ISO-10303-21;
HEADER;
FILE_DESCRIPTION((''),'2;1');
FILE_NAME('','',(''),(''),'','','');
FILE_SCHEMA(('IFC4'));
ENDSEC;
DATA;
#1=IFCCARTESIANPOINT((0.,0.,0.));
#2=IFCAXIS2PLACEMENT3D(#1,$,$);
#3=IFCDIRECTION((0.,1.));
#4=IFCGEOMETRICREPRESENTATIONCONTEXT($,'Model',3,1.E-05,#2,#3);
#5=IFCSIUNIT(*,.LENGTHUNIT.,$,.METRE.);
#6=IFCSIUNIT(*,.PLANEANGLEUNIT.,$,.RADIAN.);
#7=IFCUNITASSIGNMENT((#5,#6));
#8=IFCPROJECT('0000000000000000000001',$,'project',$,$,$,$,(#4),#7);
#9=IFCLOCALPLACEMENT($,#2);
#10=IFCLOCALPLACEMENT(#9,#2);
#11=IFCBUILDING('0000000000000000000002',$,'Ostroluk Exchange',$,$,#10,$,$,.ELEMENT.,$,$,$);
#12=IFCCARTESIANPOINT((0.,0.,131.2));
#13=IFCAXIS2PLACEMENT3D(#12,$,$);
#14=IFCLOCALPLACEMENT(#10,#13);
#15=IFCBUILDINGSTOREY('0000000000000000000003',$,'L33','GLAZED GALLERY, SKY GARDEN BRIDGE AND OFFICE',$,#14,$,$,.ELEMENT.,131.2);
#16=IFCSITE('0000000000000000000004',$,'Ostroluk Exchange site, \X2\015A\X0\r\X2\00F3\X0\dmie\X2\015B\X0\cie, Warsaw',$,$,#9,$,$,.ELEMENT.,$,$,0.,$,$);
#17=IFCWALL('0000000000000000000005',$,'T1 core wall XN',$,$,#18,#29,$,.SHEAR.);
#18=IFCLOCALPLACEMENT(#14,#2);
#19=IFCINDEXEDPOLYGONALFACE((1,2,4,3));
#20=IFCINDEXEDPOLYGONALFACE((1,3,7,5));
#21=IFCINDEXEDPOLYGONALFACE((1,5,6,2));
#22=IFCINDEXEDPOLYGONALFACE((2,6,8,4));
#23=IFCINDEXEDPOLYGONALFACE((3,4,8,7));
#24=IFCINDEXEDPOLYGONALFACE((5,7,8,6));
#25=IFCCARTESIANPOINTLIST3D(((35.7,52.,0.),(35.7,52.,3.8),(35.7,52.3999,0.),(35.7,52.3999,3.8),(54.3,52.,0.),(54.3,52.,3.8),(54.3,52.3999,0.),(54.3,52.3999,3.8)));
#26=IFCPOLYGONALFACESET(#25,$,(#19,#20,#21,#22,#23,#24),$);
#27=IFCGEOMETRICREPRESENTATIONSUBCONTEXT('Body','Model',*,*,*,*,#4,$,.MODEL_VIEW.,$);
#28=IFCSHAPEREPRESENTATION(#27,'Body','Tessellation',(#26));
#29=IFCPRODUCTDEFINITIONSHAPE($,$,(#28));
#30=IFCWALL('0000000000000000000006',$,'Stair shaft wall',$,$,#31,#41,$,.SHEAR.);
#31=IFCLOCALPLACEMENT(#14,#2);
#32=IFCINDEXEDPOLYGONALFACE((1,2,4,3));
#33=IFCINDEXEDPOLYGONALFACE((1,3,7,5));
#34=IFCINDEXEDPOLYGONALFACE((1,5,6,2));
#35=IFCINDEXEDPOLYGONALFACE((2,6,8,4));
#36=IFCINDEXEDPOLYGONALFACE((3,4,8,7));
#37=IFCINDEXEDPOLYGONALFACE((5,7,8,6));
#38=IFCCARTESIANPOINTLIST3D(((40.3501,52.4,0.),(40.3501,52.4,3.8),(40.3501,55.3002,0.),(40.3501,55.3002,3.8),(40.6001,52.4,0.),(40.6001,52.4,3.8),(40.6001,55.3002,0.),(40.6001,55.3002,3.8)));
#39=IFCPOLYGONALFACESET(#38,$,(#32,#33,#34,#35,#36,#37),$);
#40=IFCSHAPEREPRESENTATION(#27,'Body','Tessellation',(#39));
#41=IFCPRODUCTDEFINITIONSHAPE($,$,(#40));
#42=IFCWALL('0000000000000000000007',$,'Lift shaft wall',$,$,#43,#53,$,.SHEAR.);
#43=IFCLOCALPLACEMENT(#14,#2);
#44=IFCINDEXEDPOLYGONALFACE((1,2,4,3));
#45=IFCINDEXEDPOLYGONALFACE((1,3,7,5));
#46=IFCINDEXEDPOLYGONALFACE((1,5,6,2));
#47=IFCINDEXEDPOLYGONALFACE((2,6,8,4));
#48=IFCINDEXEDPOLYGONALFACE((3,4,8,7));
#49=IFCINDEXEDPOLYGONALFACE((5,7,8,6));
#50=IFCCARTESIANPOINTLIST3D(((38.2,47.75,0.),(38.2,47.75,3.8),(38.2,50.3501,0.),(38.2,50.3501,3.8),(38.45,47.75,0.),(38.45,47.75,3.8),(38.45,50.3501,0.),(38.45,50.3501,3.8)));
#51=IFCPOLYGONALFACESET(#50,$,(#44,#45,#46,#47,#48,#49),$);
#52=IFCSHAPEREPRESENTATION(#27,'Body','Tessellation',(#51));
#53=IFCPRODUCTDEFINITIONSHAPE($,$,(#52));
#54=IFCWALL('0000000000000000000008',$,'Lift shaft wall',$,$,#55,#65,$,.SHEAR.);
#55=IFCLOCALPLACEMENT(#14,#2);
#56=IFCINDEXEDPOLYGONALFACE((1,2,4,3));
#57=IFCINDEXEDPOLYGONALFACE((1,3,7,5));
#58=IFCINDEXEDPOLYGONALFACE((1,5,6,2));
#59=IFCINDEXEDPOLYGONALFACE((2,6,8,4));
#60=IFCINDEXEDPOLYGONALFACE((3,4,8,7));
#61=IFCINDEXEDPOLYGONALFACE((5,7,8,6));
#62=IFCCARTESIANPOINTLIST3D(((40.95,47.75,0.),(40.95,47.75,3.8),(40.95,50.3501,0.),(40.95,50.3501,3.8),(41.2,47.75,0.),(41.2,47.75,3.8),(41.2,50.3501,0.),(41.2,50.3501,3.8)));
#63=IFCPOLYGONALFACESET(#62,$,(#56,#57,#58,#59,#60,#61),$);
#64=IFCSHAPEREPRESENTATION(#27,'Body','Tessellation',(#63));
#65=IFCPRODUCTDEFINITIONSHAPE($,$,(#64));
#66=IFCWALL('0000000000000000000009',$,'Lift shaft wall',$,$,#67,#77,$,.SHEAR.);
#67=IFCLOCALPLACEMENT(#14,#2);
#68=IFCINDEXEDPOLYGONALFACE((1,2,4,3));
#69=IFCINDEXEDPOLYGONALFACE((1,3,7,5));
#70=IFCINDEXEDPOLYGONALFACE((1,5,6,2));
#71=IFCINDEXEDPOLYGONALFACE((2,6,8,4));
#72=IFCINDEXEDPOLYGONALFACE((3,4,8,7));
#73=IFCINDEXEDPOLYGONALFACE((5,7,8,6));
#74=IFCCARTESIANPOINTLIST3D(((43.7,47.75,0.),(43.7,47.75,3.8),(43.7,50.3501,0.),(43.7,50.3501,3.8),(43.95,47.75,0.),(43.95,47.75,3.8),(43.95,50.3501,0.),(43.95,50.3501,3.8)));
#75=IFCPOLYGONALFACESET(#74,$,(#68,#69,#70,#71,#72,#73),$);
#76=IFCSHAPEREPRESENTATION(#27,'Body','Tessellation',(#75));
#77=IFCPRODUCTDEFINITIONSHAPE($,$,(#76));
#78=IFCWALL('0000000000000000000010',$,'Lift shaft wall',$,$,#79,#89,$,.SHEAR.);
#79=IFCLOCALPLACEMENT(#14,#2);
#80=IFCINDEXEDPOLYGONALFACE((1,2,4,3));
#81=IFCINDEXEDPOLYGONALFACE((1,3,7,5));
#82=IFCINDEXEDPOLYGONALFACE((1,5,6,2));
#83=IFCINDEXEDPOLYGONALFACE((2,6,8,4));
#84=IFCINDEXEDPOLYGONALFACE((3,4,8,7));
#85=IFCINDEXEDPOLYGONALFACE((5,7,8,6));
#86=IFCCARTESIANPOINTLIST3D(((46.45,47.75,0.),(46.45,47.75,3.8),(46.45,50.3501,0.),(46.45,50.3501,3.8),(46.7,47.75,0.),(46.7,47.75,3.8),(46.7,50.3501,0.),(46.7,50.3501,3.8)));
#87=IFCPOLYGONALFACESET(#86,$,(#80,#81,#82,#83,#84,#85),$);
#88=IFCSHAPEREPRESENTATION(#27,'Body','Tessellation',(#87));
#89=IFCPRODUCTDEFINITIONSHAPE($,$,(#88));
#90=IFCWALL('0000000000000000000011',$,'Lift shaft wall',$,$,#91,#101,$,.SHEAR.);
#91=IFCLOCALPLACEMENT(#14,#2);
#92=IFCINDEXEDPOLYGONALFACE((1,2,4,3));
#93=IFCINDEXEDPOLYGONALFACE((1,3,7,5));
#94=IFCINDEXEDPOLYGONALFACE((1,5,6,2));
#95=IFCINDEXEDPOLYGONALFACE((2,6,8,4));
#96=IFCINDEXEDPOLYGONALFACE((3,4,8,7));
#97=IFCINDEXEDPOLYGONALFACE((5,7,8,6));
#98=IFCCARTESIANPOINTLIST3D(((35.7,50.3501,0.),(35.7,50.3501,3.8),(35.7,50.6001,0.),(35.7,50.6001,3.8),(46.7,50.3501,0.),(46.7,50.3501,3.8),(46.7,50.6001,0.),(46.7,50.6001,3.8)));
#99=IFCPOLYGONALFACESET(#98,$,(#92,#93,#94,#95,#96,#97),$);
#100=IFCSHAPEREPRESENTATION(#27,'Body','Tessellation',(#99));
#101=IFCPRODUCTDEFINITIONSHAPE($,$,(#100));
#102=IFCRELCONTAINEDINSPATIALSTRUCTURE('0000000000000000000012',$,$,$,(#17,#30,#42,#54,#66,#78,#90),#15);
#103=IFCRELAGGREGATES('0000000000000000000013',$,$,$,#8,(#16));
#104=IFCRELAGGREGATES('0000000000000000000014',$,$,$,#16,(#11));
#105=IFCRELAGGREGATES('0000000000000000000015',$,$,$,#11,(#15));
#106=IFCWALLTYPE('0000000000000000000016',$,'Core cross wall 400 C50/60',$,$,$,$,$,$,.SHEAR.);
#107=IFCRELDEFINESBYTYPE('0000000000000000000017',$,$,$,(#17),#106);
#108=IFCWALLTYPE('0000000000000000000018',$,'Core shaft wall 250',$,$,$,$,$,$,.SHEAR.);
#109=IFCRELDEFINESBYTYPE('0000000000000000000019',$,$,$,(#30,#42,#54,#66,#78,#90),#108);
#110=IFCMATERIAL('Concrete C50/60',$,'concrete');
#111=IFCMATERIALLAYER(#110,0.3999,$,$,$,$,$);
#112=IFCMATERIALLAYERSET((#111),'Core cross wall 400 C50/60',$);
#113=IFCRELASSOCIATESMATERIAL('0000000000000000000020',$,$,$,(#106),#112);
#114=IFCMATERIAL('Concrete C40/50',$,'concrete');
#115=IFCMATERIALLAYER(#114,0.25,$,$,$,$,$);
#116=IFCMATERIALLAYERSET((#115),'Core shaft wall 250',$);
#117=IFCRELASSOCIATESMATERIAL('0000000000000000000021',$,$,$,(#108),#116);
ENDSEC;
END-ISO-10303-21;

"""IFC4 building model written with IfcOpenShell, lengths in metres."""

from ifc_helpers import new_model, si_unit, direction, frame, frame_2d, origin, place, context, subcontext, project, spatial, rectangle, extrude, material, layer, layer_set, type_object, element, save


model = new_model("IFC4")

# Units and contexts
model_context = context("Model", 3, precision=1e-05, world=origin(), true_north=direction((0.0, 1.0)))
body_context = subcontext(model_context, "Body", "Model", "MODEL_VIEW")
ifc_project = project(units=[si_unit("LENGTHUNIT", "METRE"), si_unit("PLANEANGLEUNIT", "RADIAN")], contexts=[model_context])

# Site, building, storey
site_placement = place(None, origin())
site = spatial("IfcSite", under=ifc_project, at=site_placement, Name="Ostroluk Exchange site, Śródmieście, Warsaw", CompositionType="ELEMENT", RefElevation=0.0)
building_placement = place(site_placement, origin())
building = spatial("IfcBuilding", under=site, at=building_placement, Name="Ostroluk Exchange", CompositionType="ELEMENT")
storey_placement = place(building_placement, frame((0.0, 0.0, 131.2)))
storey = spatial("IfcBuildingStorey", under=building, at=storey_placement, Name="L33", Description="GLAZED GALLERY, SKY GARDEN BRIDGE AND OFFICE", CompositionType="ELEMENT", Elevation=131.2)

# Walls
ifc_material_1 = material(Name="Concrete C50/60", Category="concrete")
ifc_layer_1 = layer(ifc_material_1, 0.3999)
ifc_layer_set_1 = layer_set([ifc_layer_1], Name="Core cross wall 400 C50/60")
wall_type_1 = type_object("IfcWallType", Name="Core cross wall 400 C50/60", PredefinedType="SHEAR", material=ifc_layer_set_1)
wall_1_placement = place(storey_placement, frame((35.7, 52.2, 0.0), z_axis=(0.0, 0.0, 1.0), x_axis=(1.0, 0.0, 0.0)))
element("IfcWall", 1, at=wall_1_placement, inside=storey, type_object=wall_type_1, Name="T1 core wall XN", PredefinedType="SHEAR", context=body_context, shape_type="SweptSolid", body=[
    extrude(rectangle(XDim=18.6001, YDim=0.3999, at=frame_2d((9.3, 0.0))), origin(), (0.0, 0.0, 1.0), 3.8),
])
ifc_material_2 = material(Name="Concrete C40/50", Category="concrete")
ifc_layer_2 = layer(ifc_material_2, 0.25)
ifc_layer_set_2 = layer_set([ifc_layer_2], Name="Core shaft wall 250")
wall_type_2 = type_object("IfcWallType", Name="Core shaft wall 250", PredefinedType="SHEAR", material=ifc_layer_set_2)
wall_2_placement = place(storey_placement, frame((40.4751, 52.3999, 0.0), z_axis=(0.0, 0.0, 1.0), x_axis=(0.0, 1.0, 0.0)))
element("IfcWall", 2, at=wall_2_placement, inside=storey, type_object=wall_type_2, Name="Stair shaft wall", PredefinedType="SHEAR", context=body_context, shape_type="SweptSolid", body=[
    extrude(rectangle(XDim=2.9001, YDim=0.25, at=frame_2d((1.4502, 0.0))), origin(), (0.0, 0.0, 1.0), 3.8),
])
for number, where, z_axis, x_axis, name in (
    (3, (38.325, 47.75, 0.0), (0.0, 0.0, 1.0), (0.0, 1.0, 0.0), "Lift shaft wall"),
    (4, (41.075, 47.75, 0.0), (0.0, 0.0, 1.0), (0.0, 1.0, 0.0), "Lift shaft wall"),
    (5, (43.825, 47.75, 0.0), (0.0, 0.0, 1.0), (0.0, 1.0, 0.0), "Lift shaft wall"),
    (6, (46.575, 47.75, 0.0), (0.0, 0.0, 1.0), (0.0, 1.0, 0.0), "Lift shaft wall"),
):
    element("IfcWall", number, at=place(storey_placement, frame(where, z_axis=z_axis, x_axis=x_axis)), inside=storey, type_object=wall_type_2, Name=name, PredefinedType="SHEAR", context=body_context, shape_type="SweptSolid", body=[
        extrude(rectangle(XDim=2.6001, YDim=0.25, at=frame_2d((1.3, 0.0))), origin(), (0.0, 0.0, 1.0), 3.8),
    ])
wall_3_placement = place(storey_placement, frame((35.7, 50.4751, 0.0), z_axis=(0.0, 0.0, 1.0), x_axis=(1.0, 0.0, 0.0)))
element("IfcWall", 7, at=wall_3_placement, inside=storey, type_object=wall_type_2, Name="Lift shaft wall", PredefinedType="SHEAR", context=body_context, shape_type="SweptSolid", body=[
    extrude(rectangle(XDim=11.0, YDim=0.25, at=frame_2d((5.5, 0.0))), origin(), (0.0, 0.0, 1.0), 3.8),
])

save(model, "model.ifc")
